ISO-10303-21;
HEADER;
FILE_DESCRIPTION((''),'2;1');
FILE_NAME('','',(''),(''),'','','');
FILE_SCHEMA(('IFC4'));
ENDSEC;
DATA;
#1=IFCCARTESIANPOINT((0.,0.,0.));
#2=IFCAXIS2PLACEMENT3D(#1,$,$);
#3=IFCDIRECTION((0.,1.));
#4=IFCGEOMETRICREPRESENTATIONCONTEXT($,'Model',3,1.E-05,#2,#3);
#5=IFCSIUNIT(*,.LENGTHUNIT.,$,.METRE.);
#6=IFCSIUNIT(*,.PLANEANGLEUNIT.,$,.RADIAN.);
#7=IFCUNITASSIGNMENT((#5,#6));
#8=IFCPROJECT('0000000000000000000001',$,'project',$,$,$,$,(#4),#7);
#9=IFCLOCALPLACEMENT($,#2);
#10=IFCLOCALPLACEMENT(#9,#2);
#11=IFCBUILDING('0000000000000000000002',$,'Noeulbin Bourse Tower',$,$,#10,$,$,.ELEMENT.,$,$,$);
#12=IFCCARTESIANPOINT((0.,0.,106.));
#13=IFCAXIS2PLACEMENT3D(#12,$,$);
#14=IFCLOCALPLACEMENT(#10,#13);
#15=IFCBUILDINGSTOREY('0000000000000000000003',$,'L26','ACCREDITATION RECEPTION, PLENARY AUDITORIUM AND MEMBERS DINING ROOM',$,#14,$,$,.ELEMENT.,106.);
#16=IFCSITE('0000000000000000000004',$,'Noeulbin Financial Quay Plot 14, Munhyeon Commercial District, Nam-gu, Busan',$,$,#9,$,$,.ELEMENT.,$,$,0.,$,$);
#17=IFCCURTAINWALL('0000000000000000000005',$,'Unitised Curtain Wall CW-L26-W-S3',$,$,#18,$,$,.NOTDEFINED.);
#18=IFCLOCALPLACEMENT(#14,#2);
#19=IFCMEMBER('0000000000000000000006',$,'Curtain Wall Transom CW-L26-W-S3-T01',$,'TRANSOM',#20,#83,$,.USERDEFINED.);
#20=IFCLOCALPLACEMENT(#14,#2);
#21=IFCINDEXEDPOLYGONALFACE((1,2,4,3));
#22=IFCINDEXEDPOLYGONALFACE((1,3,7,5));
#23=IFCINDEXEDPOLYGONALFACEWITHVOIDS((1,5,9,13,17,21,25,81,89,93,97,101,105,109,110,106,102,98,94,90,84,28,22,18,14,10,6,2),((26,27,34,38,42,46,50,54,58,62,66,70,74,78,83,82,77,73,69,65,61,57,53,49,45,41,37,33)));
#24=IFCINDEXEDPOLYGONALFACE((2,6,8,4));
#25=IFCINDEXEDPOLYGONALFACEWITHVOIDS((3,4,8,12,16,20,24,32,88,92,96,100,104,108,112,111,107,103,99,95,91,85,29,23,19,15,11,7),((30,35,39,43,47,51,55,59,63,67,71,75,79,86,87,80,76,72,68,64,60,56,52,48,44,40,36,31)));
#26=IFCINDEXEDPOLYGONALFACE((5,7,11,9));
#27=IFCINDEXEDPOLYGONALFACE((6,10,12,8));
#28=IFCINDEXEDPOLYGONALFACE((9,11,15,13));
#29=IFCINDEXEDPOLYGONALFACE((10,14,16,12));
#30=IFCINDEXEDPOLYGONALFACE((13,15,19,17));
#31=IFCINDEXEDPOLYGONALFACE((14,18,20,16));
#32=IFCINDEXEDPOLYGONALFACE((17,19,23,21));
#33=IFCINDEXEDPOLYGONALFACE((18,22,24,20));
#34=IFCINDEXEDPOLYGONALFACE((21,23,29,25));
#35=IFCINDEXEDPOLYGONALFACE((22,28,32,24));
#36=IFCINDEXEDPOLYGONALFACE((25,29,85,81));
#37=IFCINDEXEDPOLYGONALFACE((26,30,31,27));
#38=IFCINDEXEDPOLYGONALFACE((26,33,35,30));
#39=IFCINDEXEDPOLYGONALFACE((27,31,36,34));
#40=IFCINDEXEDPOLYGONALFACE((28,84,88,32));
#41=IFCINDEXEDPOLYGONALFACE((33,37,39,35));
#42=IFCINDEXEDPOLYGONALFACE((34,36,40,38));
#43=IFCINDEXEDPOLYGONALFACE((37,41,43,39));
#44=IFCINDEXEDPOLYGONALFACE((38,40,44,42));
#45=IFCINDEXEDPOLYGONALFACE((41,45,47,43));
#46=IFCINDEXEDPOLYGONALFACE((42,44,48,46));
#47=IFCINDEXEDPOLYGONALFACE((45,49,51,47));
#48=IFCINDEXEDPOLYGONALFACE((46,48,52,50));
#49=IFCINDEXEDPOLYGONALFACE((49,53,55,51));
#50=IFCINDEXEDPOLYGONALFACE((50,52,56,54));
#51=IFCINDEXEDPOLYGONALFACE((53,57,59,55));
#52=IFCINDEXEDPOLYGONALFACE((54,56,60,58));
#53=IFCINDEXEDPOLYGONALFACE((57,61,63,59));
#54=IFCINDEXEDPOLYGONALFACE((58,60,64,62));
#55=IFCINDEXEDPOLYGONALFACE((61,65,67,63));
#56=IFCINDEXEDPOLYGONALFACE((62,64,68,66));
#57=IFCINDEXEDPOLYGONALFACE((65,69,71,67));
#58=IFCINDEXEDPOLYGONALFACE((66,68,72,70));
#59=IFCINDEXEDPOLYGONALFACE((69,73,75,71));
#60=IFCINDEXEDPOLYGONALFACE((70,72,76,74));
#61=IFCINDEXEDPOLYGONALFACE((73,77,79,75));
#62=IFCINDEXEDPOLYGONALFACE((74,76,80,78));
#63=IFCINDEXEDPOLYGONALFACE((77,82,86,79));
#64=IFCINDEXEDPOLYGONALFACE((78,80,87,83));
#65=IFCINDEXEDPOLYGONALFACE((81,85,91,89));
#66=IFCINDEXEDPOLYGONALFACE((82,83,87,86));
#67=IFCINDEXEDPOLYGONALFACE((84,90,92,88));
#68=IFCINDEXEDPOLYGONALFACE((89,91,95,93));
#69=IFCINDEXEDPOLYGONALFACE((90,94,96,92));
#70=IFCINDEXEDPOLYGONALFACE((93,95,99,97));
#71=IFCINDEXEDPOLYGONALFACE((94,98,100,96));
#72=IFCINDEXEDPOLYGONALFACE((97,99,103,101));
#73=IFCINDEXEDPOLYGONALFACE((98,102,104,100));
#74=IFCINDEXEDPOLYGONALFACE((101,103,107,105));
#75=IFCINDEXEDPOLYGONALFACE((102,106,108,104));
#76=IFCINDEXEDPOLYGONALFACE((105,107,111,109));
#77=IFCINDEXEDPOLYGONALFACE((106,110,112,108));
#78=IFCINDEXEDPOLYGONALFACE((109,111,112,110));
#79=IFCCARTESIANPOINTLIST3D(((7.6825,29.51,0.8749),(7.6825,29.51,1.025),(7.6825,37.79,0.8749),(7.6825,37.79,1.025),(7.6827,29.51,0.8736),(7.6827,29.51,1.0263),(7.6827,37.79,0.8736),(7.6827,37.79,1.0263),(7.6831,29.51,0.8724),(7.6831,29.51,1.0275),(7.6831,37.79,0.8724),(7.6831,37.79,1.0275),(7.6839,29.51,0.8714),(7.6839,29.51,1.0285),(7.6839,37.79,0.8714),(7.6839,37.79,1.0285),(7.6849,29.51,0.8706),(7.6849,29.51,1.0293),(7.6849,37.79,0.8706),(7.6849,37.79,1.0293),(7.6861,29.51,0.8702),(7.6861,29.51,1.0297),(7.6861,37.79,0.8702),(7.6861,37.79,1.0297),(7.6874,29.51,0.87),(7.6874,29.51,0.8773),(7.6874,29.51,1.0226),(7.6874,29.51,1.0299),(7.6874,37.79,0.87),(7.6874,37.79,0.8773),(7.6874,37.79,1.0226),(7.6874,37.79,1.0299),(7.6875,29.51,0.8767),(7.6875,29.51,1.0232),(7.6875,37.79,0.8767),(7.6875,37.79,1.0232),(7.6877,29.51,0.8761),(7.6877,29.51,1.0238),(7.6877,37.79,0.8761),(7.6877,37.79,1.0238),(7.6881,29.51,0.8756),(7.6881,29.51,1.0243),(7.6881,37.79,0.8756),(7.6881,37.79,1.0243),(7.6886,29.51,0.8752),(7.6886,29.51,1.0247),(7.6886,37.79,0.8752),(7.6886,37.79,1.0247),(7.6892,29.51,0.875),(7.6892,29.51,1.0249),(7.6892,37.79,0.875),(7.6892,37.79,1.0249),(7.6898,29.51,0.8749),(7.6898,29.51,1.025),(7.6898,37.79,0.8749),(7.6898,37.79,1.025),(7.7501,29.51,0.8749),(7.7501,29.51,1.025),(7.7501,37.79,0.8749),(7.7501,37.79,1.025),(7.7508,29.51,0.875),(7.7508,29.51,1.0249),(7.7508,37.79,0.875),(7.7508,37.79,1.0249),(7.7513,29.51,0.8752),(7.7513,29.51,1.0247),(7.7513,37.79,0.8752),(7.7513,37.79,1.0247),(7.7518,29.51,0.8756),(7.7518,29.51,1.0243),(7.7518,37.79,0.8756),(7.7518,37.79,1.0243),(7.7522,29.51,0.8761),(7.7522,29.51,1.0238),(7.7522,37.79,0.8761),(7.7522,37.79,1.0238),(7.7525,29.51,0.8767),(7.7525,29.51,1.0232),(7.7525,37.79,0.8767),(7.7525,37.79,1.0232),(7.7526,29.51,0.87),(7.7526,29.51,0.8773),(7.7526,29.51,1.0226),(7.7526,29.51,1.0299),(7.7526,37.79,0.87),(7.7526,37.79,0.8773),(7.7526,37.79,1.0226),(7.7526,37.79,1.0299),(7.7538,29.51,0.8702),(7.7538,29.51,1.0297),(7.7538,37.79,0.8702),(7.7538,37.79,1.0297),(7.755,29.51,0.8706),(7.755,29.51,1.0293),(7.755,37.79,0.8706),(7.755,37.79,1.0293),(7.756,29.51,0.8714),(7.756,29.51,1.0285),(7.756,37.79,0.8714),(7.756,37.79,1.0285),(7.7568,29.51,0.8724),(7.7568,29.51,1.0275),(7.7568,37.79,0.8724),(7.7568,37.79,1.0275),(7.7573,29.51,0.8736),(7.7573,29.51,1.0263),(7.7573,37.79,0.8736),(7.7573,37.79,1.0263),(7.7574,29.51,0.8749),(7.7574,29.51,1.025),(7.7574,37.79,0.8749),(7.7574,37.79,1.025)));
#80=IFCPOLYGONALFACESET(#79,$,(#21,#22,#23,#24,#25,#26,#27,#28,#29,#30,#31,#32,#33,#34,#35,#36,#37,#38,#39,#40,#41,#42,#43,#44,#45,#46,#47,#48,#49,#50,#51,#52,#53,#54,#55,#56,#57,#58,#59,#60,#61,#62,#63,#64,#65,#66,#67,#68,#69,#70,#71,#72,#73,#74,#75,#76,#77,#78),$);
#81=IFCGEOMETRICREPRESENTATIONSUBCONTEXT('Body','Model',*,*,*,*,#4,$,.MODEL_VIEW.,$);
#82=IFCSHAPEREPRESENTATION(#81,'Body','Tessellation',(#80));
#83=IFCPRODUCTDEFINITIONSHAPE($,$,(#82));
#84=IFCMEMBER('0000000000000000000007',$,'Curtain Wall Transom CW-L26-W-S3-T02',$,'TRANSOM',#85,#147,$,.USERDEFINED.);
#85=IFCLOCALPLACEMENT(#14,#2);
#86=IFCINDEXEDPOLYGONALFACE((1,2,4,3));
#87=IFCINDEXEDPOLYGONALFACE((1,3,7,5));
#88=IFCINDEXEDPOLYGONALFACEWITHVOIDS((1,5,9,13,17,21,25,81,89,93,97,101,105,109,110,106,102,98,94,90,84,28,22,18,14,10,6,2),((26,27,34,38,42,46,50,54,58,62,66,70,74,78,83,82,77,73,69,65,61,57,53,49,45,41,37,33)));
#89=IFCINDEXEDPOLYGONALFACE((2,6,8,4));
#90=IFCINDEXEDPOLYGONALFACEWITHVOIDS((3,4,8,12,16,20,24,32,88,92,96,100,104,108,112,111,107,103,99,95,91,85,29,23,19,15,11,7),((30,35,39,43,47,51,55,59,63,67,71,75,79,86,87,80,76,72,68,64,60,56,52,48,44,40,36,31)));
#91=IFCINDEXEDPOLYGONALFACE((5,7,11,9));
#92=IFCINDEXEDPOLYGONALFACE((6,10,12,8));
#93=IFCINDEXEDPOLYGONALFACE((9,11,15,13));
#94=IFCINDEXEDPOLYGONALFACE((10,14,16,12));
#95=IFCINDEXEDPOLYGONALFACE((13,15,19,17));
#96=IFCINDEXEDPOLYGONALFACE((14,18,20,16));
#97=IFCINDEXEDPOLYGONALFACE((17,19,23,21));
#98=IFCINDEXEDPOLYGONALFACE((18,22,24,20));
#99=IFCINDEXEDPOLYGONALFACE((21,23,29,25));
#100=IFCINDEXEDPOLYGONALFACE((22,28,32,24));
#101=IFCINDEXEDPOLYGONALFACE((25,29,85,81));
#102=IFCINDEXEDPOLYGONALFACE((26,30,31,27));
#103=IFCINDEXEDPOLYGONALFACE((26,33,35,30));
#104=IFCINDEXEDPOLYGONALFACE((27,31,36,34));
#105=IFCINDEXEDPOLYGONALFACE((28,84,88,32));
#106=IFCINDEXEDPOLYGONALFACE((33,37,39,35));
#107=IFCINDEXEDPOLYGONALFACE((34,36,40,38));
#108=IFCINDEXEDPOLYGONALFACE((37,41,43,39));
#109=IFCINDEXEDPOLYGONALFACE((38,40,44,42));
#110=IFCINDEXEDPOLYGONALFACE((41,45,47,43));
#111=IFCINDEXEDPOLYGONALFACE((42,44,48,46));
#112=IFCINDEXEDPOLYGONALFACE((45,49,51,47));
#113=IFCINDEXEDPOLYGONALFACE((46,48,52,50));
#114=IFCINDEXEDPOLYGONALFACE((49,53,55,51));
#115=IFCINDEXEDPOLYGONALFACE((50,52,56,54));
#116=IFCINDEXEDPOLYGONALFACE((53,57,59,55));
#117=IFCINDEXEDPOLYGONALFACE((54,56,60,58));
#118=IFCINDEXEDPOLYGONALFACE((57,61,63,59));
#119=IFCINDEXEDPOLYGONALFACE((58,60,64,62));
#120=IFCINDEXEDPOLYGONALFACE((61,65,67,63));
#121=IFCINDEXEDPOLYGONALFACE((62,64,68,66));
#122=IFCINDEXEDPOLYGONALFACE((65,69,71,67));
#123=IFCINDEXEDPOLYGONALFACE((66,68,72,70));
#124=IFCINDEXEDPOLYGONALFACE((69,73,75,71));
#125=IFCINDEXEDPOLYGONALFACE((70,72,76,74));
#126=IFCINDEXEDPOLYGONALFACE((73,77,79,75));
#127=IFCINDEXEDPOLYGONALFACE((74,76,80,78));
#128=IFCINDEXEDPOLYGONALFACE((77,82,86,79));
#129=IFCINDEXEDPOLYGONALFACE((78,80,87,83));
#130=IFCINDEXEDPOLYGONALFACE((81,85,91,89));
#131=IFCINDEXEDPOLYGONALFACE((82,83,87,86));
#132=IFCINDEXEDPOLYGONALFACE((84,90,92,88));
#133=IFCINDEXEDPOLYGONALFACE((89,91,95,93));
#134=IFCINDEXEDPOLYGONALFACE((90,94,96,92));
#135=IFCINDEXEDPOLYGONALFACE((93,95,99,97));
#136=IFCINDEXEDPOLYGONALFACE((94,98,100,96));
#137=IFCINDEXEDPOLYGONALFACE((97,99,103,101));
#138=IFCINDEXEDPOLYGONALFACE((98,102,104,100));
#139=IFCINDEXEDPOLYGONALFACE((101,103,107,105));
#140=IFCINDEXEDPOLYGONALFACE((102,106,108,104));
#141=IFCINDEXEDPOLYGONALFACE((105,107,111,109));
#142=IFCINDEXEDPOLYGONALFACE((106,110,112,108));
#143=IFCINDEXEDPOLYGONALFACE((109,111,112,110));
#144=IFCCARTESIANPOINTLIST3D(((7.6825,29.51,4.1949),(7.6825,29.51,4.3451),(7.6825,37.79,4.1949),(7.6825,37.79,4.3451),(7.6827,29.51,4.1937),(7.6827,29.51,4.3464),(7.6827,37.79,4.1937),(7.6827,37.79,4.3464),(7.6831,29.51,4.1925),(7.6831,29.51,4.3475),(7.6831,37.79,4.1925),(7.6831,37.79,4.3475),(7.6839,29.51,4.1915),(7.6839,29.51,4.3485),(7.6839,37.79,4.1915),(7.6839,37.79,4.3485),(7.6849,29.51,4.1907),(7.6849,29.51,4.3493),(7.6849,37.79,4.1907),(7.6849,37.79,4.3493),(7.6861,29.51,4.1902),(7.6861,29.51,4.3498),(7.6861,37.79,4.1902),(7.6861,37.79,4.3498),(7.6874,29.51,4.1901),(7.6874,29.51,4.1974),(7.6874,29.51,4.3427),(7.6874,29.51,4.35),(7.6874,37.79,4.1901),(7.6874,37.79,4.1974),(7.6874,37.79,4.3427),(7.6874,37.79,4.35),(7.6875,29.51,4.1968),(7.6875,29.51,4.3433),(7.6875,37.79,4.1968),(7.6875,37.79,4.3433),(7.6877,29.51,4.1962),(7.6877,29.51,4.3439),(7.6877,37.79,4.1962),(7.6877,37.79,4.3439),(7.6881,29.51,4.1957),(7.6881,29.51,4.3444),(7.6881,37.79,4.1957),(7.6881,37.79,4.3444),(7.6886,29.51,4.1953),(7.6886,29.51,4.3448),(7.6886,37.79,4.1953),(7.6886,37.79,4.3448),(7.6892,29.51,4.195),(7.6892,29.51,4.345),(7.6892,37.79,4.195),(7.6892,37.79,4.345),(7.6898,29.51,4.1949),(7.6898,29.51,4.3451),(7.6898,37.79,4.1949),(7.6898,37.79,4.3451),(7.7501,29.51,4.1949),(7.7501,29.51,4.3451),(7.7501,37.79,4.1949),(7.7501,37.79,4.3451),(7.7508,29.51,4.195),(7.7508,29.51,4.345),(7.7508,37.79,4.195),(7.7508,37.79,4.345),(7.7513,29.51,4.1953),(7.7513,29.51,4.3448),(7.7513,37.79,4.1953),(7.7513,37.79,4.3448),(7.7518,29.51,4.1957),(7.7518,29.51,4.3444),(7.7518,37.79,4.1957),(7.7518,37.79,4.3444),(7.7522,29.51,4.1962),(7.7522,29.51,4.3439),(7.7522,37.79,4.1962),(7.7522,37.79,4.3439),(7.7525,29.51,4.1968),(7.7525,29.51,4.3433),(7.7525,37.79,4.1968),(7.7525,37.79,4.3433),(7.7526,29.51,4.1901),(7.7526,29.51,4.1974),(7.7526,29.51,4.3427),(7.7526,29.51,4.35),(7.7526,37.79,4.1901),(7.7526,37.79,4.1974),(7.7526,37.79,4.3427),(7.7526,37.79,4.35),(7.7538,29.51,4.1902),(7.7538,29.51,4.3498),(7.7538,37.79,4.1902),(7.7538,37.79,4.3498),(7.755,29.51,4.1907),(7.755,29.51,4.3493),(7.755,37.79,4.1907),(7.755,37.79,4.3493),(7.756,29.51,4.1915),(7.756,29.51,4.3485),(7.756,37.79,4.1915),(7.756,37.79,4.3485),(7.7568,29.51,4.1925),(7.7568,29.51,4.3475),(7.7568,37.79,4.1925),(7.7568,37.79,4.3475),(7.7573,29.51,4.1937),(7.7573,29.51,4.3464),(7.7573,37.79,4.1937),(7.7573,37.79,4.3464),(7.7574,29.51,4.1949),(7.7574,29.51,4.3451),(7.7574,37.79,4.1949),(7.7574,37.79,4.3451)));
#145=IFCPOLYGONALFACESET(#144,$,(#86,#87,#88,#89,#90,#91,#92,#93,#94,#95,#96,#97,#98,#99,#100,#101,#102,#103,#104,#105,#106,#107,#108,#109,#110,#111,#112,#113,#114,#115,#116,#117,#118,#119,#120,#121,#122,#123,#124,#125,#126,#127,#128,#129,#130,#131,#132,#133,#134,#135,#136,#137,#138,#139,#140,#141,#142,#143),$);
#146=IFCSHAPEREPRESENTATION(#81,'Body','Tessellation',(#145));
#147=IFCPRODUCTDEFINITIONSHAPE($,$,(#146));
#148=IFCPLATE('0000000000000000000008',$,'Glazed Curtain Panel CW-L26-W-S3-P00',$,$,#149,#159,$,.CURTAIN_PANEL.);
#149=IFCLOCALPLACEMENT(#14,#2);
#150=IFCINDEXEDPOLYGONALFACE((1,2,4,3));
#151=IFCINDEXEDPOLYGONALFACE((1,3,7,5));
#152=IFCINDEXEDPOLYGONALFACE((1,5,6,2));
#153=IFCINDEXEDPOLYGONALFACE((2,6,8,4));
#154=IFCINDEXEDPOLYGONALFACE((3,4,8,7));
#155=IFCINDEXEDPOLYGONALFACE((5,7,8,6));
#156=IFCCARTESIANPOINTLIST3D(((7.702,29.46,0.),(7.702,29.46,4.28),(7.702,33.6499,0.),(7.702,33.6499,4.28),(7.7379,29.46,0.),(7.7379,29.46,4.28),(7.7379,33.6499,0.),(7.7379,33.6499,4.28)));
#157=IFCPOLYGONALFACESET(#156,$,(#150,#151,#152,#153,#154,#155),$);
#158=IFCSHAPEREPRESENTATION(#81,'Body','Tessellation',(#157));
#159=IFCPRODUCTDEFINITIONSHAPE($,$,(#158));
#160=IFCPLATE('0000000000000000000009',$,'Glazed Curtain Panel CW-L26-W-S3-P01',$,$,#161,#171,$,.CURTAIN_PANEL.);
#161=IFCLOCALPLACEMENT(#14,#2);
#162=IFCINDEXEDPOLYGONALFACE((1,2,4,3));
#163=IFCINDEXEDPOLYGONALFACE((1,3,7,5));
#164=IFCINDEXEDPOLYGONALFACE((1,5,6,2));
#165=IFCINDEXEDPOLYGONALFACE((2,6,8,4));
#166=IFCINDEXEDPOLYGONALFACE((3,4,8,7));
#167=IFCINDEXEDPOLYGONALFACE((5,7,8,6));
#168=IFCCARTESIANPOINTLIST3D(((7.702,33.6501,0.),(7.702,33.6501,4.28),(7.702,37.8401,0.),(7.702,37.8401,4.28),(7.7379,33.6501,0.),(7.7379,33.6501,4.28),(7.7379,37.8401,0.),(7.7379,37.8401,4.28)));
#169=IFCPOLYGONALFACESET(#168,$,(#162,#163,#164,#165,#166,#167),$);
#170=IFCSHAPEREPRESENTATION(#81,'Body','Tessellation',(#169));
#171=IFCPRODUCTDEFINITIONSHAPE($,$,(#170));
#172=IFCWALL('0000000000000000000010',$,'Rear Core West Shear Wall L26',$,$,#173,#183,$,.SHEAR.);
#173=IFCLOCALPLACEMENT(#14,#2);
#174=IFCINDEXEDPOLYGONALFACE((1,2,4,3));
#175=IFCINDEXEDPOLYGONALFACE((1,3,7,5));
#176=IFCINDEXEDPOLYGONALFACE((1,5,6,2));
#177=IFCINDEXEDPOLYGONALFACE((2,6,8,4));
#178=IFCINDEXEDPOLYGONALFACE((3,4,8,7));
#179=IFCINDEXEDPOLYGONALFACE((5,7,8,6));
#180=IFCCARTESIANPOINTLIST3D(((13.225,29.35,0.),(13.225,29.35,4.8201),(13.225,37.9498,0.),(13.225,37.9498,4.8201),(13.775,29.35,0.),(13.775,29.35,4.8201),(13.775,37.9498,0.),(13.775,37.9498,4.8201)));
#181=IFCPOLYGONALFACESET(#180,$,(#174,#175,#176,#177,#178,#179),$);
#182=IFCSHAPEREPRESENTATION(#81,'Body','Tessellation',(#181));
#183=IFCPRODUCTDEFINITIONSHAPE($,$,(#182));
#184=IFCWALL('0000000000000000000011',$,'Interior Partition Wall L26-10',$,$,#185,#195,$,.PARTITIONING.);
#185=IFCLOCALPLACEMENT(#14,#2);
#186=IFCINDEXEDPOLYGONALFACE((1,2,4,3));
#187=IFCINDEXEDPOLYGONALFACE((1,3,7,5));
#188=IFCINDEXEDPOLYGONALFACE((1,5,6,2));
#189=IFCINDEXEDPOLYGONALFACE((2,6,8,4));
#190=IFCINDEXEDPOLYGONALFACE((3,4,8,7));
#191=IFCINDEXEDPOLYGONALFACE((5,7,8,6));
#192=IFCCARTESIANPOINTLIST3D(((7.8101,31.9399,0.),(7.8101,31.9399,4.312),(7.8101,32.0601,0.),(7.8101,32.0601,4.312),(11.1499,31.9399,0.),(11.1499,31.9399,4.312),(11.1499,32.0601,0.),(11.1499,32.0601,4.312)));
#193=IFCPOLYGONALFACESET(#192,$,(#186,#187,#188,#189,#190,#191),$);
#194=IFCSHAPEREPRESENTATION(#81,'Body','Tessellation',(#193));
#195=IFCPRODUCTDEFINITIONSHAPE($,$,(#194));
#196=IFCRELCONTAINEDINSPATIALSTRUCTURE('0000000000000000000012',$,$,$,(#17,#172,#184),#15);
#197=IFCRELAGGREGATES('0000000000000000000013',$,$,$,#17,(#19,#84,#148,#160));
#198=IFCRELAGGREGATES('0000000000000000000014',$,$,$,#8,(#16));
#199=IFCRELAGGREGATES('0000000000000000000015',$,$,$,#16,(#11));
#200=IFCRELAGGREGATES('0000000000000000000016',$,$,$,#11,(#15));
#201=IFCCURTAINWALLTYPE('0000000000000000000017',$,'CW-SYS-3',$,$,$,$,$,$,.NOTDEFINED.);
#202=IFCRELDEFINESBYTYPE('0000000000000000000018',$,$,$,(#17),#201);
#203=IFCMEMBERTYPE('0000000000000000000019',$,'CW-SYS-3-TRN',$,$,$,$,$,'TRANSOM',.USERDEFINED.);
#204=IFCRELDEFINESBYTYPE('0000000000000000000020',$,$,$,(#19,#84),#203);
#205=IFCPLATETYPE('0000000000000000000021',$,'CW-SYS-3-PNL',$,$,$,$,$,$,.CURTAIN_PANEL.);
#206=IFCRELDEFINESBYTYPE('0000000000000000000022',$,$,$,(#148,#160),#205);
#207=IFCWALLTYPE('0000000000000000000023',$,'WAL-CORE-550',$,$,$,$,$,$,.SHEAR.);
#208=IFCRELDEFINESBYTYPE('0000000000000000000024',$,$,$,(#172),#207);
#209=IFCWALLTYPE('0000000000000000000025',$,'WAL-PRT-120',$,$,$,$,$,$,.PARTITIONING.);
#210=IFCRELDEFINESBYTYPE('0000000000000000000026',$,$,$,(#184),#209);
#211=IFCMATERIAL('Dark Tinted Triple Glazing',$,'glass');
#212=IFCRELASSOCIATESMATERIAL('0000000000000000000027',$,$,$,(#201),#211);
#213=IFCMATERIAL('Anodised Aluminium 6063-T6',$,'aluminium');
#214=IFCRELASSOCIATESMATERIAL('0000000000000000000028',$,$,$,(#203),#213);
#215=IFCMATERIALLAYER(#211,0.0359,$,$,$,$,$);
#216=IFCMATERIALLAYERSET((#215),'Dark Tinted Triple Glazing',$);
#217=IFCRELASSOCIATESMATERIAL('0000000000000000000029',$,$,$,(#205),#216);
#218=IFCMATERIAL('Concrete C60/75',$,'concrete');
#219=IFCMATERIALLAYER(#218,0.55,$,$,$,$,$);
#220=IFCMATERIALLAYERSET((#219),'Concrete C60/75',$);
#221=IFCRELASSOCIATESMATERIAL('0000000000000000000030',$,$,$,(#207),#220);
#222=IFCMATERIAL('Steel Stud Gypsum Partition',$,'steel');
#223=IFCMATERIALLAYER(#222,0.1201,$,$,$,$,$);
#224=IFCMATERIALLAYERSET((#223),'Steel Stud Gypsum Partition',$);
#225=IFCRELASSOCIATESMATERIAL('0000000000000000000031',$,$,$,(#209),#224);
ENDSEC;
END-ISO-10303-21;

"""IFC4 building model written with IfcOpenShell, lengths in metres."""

from ifc_helpers import new_model, si_unit, direction, frame, frame_2d, origin, origin_2d, place, context, subcontext, project, spatial, rectangle, hollow_rectangle, extrude, material, layer, layer_set, material_profile, profile_set, type_object, element, aggregate, save


model = new_model("IFC4")

# Units and contexts
model_context = context("Model", 3, precision=1e-05, world=origin(), true_north=direction((0.0, 1.0)))
body_context = subcontext(model_context, "Body", "Model", "MODEL_VIEW")
ifc_project = project(units=[si_unit("LENGTHUNIT", "METRE"), si_unit("PLANEANGLEUNIT", "RADIAN")], contexts=[model_context])

# Site, building, storey
site_placement = place(None, origin())
site = spatial("IfcSite", under=ifc_project, at=site_placement, Name="Noeulbin Financial Quay Plot 14, Munhyeon Commercial District, Nam-gu, Busan", CompositionType="ELEMENT", RefElevation=0.0)
building_placement = place(site_placement, origin())
building = spatial("IfcBuilding", under=site, at=building_placement, Name="Noeulbin Bourse Tower", CompositionType="ELEMENT")
storey_placement = place(building_placement, frame((0.0, 0.0, 106.0)))
storey = spatial("IfcBuildingStorey", under=building, at=storey_placement, Name="L26", Description="ACCREDITATION RECEPTION, PLENARY AUDITORIUM AND MEMBERS DINING ROOM", CompositionType="ELEMENT", Elevation=106.0)

# Curtain wall, members, plates
ifc_material_1 = material(Name="Dark Tinted Triple Glazing", Category="glass")
curtain_wall_type = type_object("IfcCurtainWallType", Name="CW-SYS-3", PredefinedType="NOTDEFINED", material=ifc_material_1)
curtain_wall_placement = place(storey_placement, origin())
curtain_wall = element("IfcCurtainWall", 1, at=curtain_wall_placement, inside=storey, type_object=curtain_wall_type, Name="Unitised Curtain Wall CW-L26-W-S3", PredefinedType="NOTDEFINED")
ifc_material_2 = material(Name="Anodised Aluminium 6063-T6", Category="aluminium")
ifc_material_profile_1 = material_profile(ifc_material_2, hollow_rectangle(XDim=0.075, YDim=0.1599, WallThickness=0.0049, InnerFilletRadius=0.0024, OuterFilletRadius=0.0049, at=origin_2d()), Name="ALU-TRAN-75x160x5", Category="LoadBearing")
ifc_profile_set_1 = profile_set([ifc_material_profile_1], Name="Anodised Aluminium 6063-T6")
member_type_1 = type_object("IfcMemberType", Name="CW-SYS-3-TRN", ElementType="TRANSOM", PredefinedType="USERDEFINED", material=ifc_profile_set_1)
member_1_placement = place(storey_placement, frame((7.72, 29.51, 0.95), z_axis=(0.0, 1.0, 0.0), x_axis=(-1.0, 0.0, 0.0)))
member_1 = element("IfcMember", 2, at=member_1_placement, type_object=member_type_1, Name="Curtain Wall Transom CW-L26-W-S3-T01", ObjectType="TRANSOM", PredefinedType="USERDEFINED", context=body_context, shape_type="SweptSolid", body=[
    extrude(hollow_rectangle(XDim=0.075, YDim=0.1599, WallThickness=0.0049, InnerFilletRadius=0.0024, OuterFilletRadius=0.0049, at=origin_2d()), origin(), (0.0, 0.0, 1.0), 8.28),
])
member_2_placement = place(storey_placement, frame((7.72, 29.51, 4.27), z_axis=(0.0, 1.0, 0.0), x_axis=(-1.0, 0.0, 0.0)))
member_2 = element("IfcMember", 3, at=member_2_placement, type_object=member_type_1, Name="Curtain Wall Transom CW-L26-W-S3-T02", ObjectType="TRANSOM", PredefinedType="USERDEFINED", context=body_context, shape_type="SweptSolid", body=[
    extrude(hollow_rectangle(XDim=0.075, YDim=0.1599, WallThickness=0.0049, InnerFilletRadius=0.0024, OuterFilletRadius=0.0049, at=origin_2d()), origin(), (0.0, 0.0, 1.0), 8.28),
])
ifc_layer_1 = layer(ifc_material_1, 0.0359)
ifc_layer_set_1 = layer_set([ifc_layer_1], Name="Dark Tinted Triple Glazing")
plate_type = type_object("IfcPlateType", Name="CW-SYS-3-PNL", PredefinedType="CURTAIN_PANEL", material=ifc_layer_set_1)
plate_1_placement = place(storey_placement, frame((7.72, 31.5549, 0.0), z_axis=(0.0, 0.0, 1.0), x_axis=(0.0, 1.0, 0.0)))
plate_1 = element("IfcPlate", 4, at=plate_1_placement, type_object=plate_type, Name="Glazed Curtain Panel CW-L26-W-S3-P00", PredefinedType="CURTAIN_PANEL", context=body_context, shape_type="SweptSolid", body=[
    extrude(rectangle(XDim=4.1899, YDim=0.0359, at=origin_2d()), origin(), (0.0, 0.0, 1.0), 4.28),
])
plate_2_placement = place(storey_placement, frame((7.72, 35.7451, 0.0), z_axis=(0.0, 0.0, 1.0), x_axis=(0.0, 1.0, 0.0)))
plate_2 = element("IfcPlate", 5, at=plate_2_placement, type_object=plate_type, Name="Glazed Curtain Panel CW-L26-W-S3-P01", PredefinedType="CURTAIN_PANEL", context=body_context, shape_type="SweptSolid", body=[
    extrude(rectangle(XDim=4.1899, YDim=0.0359, at=origin_2d()), origin(), (0.0, 0.0, 1.0), 4.28),
])
aggregate(curtain_wall, [member_1, member_2, plate_1, plate_2])

# Walls
ifc_material_3 = material(Name="Concrete C60/75", Category="concrete")
ifc_layer_2 = layer(ifc_material_3, 0.55)
ifc_layer_set_2 = layer_set([ifc_layer_2], Name="Concrete C60/75")
wall_type_1 = type_object("IfcWallType", Name="WAL-CORE-550", PredefinedType="SHEAR", material=ifc_layer_set_2)
wall_1_placement = place(storey_placement, frame((13.5, 29.3501, 0.0), z_axis=(0.0, 0.0, 1.0), x_axis=(0.0, 1.0, 0.0)))
element("IfcWall", 6, at=wall_1_placement, inside=storey, type_object=wall_type_1, Name="Rear Core West Shear Wall L26", PredefinedType="SHEAR", context=body_context, shape_type="SweptSolid", body=[
    extrude(rectangle(XDim=8.5999, YDim=0.55, at=frame_2d((4.2998, 0.0))), origin(), (0.0, 0.0, 1.0), 4.8201),
])
ifc_material_4 = material(Name="Steel Stud Gypsum Partition", Category="steel")
ifc_layer_3 = layer(ifc_material_4, 0.1201)
ifc_layer_set_3 = layer_set([ifc_layer_3], Name="Steel Stud Gypsum Partition")
wall_type_2 = type_object("IfcWallType", Name="WAL-PRT-120", PredefinedType="PARTITIONING", material=ifc_layer_set_3)
wall_2_placement = place(storey_placement, frame((7.8101, 32.0, 0.0), z_axis=(0.0, 0.0, 1.0), x_axis=(1.0, 0.0, 0.0)))
element("IfcWall", 7, at=wall_2_placement, inside=storey, type_object=wall_type_2, Name="Interior Partition Wall L26-10", PredefinedType="PARTITIONING", context=body_context, shape_type="SweptSolid", body=[
    extrude(rectangle(XDim=3.3398, YDim=0.1201, at=frame_2d((1.6699, 0.0))), origin(), (0.0, 0.0, 1.0), 4.312),
])

save(model, "model.ifc")
